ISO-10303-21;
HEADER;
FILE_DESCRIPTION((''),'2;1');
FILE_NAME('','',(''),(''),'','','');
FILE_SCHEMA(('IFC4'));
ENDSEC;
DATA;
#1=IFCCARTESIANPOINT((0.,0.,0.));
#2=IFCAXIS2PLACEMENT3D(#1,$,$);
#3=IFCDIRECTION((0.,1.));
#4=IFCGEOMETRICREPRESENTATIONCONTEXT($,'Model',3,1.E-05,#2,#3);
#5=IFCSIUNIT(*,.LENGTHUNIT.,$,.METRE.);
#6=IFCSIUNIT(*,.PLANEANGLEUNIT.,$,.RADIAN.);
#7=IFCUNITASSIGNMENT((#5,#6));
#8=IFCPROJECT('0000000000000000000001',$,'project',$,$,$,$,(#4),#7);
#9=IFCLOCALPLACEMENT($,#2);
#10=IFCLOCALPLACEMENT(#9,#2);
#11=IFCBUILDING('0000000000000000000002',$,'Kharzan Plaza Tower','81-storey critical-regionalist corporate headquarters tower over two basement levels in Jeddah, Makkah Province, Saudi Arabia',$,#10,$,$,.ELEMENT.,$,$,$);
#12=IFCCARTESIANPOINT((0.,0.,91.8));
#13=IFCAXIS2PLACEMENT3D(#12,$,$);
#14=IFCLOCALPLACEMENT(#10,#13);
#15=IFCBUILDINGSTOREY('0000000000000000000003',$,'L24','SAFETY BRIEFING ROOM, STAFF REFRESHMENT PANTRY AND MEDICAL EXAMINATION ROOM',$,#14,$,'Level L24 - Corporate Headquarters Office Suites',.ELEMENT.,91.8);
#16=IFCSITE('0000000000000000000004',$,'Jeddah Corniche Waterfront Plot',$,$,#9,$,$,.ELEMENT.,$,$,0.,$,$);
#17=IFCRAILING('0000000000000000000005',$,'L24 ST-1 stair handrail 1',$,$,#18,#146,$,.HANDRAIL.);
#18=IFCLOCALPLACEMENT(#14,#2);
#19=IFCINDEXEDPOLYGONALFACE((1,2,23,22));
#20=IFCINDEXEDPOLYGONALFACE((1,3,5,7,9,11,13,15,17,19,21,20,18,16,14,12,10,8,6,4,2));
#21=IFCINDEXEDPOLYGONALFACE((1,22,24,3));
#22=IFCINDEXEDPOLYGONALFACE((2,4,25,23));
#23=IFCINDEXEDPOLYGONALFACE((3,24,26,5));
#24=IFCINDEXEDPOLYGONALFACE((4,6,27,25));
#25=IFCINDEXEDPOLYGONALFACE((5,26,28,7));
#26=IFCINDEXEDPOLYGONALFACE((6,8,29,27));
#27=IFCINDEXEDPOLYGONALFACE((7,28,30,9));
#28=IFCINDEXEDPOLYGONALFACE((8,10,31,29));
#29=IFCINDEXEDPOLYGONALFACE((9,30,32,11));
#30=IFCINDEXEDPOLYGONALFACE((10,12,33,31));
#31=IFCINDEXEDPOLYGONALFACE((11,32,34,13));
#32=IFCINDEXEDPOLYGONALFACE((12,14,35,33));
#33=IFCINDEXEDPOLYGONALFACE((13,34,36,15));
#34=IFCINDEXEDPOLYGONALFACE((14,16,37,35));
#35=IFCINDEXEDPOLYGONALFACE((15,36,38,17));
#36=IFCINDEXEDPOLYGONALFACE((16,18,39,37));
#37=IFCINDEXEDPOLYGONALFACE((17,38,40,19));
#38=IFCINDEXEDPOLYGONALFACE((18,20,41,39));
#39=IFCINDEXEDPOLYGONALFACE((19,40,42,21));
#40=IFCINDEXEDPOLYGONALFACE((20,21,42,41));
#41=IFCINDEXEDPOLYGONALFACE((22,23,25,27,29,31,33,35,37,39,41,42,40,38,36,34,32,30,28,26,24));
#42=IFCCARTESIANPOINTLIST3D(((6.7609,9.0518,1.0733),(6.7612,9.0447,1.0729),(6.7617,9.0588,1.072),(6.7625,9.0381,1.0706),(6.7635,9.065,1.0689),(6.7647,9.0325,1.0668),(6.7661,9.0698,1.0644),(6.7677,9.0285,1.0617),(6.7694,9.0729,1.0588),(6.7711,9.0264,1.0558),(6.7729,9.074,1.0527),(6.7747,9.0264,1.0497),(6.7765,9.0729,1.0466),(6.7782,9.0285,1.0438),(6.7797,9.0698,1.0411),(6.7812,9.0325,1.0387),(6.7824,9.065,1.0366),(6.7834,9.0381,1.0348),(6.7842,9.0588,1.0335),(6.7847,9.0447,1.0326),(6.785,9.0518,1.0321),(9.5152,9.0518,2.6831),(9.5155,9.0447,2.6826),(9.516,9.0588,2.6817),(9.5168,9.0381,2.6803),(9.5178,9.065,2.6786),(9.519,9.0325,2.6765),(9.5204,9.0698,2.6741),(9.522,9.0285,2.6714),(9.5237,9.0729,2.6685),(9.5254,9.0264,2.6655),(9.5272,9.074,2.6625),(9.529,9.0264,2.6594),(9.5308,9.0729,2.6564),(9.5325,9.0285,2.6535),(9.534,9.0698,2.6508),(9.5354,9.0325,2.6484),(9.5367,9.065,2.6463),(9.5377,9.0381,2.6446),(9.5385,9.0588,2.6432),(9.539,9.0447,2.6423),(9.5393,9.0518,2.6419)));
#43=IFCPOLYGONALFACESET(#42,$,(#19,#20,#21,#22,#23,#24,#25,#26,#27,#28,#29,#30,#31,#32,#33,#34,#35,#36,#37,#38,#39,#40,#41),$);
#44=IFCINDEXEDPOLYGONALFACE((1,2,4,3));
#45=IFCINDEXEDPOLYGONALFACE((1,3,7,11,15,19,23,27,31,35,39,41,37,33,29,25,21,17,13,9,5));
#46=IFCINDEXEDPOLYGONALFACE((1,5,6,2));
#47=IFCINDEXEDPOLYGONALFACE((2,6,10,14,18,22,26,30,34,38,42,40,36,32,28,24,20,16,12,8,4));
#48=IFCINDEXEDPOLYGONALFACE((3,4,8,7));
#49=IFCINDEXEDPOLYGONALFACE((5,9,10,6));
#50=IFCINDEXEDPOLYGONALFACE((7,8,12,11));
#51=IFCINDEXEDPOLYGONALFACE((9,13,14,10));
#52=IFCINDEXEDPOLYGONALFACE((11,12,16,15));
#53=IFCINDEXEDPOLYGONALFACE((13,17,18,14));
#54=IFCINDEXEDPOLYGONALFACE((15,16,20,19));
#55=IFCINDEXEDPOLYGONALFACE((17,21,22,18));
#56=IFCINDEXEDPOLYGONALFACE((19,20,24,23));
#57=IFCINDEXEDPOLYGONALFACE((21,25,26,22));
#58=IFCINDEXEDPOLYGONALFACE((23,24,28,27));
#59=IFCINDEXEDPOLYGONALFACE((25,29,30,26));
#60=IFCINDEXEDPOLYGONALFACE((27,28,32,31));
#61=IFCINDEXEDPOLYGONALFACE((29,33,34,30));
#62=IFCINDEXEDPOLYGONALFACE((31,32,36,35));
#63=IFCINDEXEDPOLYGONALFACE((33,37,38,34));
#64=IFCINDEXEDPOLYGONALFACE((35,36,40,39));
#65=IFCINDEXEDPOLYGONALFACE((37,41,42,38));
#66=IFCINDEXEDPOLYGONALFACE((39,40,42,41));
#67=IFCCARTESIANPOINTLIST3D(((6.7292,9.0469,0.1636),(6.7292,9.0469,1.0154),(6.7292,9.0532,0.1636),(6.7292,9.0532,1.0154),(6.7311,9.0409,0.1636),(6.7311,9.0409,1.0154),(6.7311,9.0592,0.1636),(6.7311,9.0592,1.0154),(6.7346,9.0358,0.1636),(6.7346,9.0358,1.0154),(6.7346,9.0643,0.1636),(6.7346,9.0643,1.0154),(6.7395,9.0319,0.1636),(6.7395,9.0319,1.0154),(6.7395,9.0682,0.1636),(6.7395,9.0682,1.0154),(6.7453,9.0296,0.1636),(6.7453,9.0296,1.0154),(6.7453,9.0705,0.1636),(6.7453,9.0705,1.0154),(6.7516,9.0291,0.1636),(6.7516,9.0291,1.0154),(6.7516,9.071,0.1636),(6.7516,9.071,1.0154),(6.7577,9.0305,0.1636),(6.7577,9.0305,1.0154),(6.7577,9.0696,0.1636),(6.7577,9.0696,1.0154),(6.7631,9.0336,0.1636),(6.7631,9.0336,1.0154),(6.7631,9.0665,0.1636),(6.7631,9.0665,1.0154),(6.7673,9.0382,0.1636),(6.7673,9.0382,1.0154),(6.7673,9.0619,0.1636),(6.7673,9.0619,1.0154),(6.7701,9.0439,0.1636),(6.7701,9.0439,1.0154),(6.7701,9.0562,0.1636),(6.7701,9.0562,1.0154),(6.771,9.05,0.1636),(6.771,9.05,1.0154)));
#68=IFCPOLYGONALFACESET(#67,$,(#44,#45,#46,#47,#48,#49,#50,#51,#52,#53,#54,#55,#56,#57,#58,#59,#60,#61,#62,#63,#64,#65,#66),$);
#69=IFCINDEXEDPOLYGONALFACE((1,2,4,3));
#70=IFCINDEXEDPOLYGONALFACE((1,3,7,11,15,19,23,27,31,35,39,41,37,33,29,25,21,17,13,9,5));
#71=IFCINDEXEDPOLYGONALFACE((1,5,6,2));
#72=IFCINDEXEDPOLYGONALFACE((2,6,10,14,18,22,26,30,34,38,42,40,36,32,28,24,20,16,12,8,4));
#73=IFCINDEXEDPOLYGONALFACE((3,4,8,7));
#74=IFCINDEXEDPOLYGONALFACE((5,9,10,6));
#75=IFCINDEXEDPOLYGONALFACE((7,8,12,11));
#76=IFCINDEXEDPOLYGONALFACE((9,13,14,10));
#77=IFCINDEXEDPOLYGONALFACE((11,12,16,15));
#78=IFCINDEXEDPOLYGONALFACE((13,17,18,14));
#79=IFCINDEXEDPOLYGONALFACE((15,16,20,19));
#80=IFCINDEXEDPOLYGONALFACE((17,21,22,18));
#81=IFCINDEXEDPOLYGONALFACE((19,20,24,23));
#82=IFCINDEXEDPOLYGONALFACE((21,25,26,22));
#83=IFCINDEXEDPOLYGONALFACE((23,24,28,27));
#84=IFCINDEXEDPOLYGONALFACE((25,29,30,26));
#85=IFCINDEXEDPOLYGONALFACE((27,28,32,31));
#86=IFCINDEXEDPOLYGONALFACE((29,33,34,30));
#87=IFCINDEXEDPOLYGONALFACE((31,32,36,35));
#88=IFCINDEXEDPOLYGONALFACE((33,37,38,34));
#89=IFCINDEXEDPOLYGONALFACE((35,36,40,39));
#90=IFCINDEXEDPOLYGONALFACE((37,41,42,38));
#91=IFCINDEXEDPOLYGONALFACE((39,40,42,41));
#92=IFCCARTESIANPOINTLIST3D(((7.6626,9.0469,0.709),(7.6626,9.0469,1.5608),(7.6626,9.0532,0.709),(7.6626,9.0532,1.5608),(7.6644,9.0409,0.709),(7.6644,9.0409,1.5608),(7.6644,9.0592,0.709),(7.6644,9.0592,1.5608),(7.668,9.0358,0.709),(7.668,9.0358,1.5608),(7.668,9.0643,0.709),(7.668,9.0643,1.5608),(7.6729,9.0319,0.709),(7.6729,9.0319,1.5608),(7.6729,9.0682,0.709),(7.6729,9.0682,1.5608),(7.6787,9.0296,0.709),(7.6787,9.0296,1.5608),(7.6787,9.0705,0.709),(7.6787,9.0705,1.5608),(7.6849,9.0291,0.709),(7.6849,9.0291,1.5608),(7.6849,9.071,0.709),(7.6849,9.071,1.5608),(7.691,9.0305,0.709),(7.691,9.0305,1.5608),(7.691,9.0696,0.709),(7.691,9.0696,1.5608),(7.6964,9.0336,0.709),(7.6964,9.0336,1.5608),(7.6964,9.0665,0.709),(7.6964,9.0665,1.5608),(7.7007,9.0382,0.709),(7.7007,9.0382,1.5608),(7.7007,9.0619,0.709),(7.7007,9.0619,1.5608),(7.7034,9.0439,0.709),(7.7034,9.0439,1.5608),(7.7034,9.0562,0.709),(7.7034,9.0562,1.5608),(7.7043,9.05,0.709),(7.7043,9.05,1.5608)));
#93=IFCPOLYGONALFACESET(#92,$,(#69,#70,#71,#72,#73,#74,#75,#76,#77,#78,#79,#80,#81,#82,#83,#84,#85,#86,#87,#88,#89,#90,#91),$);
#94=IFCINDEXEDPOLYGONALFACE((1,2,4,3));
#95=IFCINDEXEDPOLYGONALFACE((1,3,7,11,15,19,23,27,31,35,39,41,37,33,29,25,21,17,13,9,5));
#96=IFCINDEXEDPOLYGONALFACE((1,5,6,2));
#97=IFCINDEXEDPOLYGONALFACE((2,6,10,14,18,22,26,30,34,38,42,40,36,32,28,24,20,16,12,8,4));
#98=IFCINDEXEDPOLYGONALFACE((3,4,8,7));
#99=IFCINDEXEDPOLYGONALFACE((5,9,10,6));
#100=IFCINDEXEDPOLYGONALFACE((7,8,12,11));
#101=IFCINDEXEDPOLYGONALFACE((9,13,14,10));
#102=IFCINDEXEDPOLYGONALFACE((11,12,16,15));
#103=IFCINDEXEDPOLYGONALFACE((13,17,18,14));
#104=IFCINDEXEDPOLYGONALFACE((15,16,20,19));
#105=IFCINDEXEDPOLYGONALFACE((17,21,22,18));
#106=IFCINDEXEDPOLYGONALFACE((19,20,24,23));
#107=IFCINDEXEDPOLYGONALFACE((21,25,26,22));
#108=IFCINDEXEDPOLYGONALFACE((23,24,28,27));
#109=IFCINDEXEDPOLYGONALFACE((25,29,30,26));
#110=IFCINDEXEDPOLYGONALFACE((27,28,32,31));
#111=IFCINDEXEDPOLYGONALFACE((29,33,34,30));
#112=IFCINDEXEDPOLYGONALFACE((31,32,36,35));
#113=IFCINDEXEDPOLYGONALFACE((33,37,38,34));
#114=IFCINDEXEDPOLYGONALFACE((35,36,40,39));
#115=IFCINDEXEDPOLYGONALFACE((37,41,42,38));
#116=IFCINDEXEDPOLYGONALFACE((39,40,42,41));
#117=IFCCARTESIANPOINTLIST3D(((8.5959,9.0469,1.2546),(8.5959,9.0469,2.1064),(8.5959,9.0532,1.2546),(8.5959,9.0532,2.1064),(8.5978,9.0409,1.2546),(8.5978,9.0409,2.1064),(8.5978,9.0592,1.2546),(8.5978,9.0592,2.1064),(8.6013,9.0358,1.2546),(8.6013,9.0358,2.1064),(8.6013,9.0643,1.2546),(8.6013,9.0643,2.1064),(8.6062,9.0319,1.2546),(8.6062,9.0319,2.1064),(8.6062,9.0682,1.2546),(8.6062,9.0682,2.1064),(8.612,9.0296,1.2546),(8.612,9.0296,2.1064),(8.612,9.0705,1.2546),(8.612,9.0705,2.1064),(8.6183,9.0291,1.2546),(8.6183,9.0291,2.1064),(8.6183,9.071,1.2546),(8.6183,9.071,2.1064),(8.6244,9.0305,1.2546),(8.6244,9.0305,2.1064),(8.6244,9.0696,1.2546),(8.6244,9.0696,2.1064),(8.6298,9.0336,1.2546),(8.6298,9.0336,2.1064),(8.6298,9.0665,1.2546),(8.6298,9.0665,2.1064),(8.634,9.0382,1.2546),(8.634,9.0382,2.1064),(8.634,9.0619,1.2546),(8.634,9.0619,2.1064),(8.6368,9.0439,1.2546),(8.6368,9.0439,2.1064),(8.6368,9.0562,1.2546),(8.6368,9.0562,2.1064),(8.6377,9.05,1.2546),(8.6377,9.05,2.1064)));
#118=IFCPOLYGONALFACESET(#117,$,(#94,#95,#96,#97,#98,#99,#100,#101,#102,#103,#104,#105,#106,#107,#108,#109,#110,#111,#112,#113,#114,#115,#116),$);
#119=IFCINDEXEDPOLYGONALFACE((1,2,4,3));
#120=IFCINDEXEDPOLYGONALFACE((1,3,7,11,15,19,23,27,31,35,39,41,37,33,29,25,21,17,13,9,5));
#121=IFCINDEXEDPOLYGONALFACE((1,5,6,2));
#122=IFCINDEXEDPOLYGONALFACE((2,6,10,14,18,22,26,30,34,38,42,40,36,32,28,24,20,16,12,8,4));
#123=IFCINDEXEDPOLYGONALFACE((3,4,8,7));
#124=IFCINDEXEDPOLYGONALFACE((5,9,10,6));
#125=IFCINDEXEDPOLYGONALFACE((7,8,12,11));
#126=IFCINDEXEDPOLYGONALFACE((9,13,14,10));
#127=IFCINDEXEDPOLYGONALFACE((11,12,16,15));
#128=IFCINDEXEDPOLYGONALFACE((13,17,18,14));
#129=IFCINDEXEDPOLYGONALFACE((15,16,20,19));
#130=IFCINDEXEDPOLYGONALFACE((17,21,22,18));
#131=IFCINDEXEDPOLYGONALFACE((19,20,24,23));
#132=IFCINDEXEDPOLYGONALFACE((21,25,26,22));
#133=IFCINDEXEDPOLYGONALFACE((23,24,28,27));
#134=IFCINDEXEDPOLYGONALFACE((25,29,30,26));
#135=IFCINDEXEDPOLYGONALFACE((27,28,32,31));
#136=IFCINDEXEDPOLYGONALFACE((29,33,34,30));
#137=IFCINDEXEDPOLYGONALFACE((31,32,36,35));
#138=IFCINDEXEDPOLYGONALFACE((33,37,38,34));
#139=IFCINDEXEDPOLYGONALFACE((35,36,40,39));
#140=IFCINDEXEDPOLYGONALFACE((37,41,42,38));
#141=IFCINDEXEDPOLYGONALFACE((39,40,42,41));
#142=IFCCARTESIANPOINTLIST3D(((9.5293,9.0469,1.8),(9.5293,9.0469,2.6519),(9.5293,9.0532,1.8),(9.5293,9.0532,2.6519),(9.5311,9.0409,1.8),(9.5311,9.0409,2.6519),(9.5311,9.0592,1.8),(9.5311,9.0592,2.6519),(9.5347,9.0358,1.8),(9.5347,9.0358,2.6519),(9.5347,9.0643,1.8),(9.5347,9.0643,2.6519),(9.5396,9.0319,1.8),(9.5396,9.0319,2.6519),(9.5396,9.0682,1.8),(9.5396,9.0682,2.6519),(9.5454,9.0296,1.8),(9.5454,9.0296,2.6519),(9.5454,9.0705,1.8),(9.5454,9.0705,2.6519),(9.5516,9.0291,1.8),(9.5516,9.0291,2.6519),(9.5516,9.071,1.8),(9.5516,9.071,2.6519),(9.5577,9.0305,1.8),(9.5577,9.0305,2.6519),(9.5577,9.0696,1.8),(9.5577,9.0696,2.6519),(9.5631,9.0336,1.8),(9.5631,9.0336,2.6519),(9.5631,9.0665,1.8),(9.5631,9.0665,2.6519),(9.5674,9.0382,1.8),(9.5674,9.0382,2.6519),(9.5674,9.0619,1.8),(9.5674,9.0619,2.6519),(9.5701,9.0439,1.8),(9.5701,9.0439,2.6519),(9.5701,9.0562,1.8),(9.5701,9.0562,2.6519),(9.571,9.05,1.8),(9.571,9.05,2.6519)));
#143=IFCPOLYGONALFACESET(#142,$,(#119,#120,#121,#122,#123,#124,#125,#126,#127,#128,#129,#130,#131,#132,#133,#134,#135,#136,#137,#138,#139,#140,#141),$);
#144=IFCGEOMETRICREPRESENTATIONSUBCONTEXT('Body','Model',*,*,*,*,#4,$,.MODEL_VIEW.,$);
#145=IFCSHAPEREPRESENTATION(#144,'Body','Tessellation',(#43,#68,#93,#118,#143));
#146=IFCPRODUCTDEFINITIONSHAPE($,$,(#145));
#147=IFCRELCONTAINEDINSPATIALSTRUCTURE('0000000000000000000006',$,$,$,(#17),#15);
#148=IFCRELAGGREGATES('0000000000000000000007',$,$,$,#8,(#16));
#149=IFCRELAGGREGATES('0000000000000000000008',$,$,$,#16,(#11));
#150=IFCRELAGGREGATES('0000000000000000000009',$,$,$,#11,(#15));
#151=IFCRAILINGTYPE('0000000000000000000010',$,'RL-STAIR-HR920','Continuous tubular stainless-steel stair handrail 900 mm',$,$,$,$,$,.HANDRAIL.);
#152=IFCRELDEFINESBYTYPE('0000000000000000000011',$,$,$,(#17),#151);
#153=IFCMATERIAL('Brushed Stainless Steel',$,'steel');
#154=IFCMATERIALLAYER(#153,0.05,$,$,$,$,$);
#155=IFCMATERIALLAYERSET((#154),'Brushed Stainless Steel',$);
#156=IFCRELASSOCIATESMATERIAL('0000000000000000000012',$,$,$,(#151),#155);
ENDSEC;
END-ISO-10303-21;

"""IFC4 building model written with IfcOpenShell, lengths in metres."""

from ifc_helpers import new_model, si_unit, direction, frame, origin, origin_2d, place, context, subcontext, project, spatial, circle, extrude, source, transform, mapped, material, layer, layer_set, type_object, element, save


model = new_model("IFC4")

# Units and contexts
model_context = context("Model", 3, precision=1e-05, world=origin(), true_north=direction((0.0, 1.0)))
body_context = subcontext(model_context, "Body", "Model", "MODEL_VIEW")
ifc_project = project(units=[si_unit("LENGTHUNIT", "METRE"), si_unit("PLANEANGLEUNIT", "RADIAN")], contexts=[model_context])

# Site, building, storey
site_placement = place(None, origin())
site = spatial("IfcSite", under=ifc_project, at=site_placement, Name="Jeddah Corniche Waterfront Plot", CompositionType="ELEMENT", RefElevation=0.0)
building_placement = place(site_placement, origin())
building = spatial("IfcBuilding", under=site, at=building_placement, Name="Kharzan Plaza Tower", Description="81-storey critical-regionalist corporate headquarters tower over two basement levels in Jeddah, Makkah Province, Saudi Arabia", CompositionType="ELEMENT")
storey_placement = place(building_placement, frame((0.0, 0.0, 91.8)))
storey = spatial("IfcBuildingStorey", under=building, at=storey_placement, Name="L24", Description="SAFETY BRIEFING ROOM, STAFF REFRESHMENT PANTRY AND MEDICAL EXAMINATION ROOM", LongName="Level L24 - Corporate Headquarters Office Suites", CompositionType="ELEMENT", Elevation=91.8)

# Railing
ifc_material_1 = material(Name="Brushed Stainless Steel", Category="steel")
ifc_layer_1 = layer(ifc_material_1, 0.05)
ifc_layer_set_1 = layer_set([ifc_layer_1], Name="Brushed Stainless Steel")
railing_type_1 = type_object("IfcRailingType", Name="RL-STAIR-HR920", Description="Continuous tubular stainless-steel stair handrail 900 mm", PredefinedType="HANDRAIL", material=ifc_layer_set_1)
shared_shape_1 = source(origin(), body_context, "Body", "SweptSolid", [
    extrude(circle(Radius=0.0239, at=origin_2d()), frame((0.0229, 0.0, 0.8892), z_axis=(0.863361, 0.0, 0.504587), x_axis=(0.0, 1.0, 0.0)), (0.0, 0.0, 1.0), 3.1902),
    extrude(circle(Radius=0.021, at=origin_2d()), origin(), (0.0, 0.0, 1.0), 0.8518),
    extrude(circle(Radius=0.021, at=origin_2d()), frame((0.9333, 0.0, 0.5454)), (0.0, 0.0, 1.0), 0.8518),
    extrude(circle(Radius=0.021, at=origin_2d()), frame((1.8667, 0.0, 1.0911)), (0.0, 0.0, 1.0), 0.8518),
    extrude(circle(Radius=0.021, at=origin_2d()), frame((2.8, 0.0, 1.6365)), (0.0, 0.0, 1.0), 0.8518),
])
railing_1_placement = place(storey_placement, frame((6.75, 9.05, 0.1636)))
element("IfcRailing", 1, at=railing_1_placement, inside=storey, type_object=railing_type_1, Name="L24 ST-1 stair handrail 1", PredefinedType="HANDRAIL", context=body_context, shape_type="MappedRepresentation", body=[
    mapped(shared_shape_1, transform((0.0, 0.0, 0.0), x_axis=(1.0, 0.0, 0.0), y_axis=(0.0, 1.0, 0.0), z_axis=(0.0, 0.0, 1.0))),
])

save(model, "model.ifc")
